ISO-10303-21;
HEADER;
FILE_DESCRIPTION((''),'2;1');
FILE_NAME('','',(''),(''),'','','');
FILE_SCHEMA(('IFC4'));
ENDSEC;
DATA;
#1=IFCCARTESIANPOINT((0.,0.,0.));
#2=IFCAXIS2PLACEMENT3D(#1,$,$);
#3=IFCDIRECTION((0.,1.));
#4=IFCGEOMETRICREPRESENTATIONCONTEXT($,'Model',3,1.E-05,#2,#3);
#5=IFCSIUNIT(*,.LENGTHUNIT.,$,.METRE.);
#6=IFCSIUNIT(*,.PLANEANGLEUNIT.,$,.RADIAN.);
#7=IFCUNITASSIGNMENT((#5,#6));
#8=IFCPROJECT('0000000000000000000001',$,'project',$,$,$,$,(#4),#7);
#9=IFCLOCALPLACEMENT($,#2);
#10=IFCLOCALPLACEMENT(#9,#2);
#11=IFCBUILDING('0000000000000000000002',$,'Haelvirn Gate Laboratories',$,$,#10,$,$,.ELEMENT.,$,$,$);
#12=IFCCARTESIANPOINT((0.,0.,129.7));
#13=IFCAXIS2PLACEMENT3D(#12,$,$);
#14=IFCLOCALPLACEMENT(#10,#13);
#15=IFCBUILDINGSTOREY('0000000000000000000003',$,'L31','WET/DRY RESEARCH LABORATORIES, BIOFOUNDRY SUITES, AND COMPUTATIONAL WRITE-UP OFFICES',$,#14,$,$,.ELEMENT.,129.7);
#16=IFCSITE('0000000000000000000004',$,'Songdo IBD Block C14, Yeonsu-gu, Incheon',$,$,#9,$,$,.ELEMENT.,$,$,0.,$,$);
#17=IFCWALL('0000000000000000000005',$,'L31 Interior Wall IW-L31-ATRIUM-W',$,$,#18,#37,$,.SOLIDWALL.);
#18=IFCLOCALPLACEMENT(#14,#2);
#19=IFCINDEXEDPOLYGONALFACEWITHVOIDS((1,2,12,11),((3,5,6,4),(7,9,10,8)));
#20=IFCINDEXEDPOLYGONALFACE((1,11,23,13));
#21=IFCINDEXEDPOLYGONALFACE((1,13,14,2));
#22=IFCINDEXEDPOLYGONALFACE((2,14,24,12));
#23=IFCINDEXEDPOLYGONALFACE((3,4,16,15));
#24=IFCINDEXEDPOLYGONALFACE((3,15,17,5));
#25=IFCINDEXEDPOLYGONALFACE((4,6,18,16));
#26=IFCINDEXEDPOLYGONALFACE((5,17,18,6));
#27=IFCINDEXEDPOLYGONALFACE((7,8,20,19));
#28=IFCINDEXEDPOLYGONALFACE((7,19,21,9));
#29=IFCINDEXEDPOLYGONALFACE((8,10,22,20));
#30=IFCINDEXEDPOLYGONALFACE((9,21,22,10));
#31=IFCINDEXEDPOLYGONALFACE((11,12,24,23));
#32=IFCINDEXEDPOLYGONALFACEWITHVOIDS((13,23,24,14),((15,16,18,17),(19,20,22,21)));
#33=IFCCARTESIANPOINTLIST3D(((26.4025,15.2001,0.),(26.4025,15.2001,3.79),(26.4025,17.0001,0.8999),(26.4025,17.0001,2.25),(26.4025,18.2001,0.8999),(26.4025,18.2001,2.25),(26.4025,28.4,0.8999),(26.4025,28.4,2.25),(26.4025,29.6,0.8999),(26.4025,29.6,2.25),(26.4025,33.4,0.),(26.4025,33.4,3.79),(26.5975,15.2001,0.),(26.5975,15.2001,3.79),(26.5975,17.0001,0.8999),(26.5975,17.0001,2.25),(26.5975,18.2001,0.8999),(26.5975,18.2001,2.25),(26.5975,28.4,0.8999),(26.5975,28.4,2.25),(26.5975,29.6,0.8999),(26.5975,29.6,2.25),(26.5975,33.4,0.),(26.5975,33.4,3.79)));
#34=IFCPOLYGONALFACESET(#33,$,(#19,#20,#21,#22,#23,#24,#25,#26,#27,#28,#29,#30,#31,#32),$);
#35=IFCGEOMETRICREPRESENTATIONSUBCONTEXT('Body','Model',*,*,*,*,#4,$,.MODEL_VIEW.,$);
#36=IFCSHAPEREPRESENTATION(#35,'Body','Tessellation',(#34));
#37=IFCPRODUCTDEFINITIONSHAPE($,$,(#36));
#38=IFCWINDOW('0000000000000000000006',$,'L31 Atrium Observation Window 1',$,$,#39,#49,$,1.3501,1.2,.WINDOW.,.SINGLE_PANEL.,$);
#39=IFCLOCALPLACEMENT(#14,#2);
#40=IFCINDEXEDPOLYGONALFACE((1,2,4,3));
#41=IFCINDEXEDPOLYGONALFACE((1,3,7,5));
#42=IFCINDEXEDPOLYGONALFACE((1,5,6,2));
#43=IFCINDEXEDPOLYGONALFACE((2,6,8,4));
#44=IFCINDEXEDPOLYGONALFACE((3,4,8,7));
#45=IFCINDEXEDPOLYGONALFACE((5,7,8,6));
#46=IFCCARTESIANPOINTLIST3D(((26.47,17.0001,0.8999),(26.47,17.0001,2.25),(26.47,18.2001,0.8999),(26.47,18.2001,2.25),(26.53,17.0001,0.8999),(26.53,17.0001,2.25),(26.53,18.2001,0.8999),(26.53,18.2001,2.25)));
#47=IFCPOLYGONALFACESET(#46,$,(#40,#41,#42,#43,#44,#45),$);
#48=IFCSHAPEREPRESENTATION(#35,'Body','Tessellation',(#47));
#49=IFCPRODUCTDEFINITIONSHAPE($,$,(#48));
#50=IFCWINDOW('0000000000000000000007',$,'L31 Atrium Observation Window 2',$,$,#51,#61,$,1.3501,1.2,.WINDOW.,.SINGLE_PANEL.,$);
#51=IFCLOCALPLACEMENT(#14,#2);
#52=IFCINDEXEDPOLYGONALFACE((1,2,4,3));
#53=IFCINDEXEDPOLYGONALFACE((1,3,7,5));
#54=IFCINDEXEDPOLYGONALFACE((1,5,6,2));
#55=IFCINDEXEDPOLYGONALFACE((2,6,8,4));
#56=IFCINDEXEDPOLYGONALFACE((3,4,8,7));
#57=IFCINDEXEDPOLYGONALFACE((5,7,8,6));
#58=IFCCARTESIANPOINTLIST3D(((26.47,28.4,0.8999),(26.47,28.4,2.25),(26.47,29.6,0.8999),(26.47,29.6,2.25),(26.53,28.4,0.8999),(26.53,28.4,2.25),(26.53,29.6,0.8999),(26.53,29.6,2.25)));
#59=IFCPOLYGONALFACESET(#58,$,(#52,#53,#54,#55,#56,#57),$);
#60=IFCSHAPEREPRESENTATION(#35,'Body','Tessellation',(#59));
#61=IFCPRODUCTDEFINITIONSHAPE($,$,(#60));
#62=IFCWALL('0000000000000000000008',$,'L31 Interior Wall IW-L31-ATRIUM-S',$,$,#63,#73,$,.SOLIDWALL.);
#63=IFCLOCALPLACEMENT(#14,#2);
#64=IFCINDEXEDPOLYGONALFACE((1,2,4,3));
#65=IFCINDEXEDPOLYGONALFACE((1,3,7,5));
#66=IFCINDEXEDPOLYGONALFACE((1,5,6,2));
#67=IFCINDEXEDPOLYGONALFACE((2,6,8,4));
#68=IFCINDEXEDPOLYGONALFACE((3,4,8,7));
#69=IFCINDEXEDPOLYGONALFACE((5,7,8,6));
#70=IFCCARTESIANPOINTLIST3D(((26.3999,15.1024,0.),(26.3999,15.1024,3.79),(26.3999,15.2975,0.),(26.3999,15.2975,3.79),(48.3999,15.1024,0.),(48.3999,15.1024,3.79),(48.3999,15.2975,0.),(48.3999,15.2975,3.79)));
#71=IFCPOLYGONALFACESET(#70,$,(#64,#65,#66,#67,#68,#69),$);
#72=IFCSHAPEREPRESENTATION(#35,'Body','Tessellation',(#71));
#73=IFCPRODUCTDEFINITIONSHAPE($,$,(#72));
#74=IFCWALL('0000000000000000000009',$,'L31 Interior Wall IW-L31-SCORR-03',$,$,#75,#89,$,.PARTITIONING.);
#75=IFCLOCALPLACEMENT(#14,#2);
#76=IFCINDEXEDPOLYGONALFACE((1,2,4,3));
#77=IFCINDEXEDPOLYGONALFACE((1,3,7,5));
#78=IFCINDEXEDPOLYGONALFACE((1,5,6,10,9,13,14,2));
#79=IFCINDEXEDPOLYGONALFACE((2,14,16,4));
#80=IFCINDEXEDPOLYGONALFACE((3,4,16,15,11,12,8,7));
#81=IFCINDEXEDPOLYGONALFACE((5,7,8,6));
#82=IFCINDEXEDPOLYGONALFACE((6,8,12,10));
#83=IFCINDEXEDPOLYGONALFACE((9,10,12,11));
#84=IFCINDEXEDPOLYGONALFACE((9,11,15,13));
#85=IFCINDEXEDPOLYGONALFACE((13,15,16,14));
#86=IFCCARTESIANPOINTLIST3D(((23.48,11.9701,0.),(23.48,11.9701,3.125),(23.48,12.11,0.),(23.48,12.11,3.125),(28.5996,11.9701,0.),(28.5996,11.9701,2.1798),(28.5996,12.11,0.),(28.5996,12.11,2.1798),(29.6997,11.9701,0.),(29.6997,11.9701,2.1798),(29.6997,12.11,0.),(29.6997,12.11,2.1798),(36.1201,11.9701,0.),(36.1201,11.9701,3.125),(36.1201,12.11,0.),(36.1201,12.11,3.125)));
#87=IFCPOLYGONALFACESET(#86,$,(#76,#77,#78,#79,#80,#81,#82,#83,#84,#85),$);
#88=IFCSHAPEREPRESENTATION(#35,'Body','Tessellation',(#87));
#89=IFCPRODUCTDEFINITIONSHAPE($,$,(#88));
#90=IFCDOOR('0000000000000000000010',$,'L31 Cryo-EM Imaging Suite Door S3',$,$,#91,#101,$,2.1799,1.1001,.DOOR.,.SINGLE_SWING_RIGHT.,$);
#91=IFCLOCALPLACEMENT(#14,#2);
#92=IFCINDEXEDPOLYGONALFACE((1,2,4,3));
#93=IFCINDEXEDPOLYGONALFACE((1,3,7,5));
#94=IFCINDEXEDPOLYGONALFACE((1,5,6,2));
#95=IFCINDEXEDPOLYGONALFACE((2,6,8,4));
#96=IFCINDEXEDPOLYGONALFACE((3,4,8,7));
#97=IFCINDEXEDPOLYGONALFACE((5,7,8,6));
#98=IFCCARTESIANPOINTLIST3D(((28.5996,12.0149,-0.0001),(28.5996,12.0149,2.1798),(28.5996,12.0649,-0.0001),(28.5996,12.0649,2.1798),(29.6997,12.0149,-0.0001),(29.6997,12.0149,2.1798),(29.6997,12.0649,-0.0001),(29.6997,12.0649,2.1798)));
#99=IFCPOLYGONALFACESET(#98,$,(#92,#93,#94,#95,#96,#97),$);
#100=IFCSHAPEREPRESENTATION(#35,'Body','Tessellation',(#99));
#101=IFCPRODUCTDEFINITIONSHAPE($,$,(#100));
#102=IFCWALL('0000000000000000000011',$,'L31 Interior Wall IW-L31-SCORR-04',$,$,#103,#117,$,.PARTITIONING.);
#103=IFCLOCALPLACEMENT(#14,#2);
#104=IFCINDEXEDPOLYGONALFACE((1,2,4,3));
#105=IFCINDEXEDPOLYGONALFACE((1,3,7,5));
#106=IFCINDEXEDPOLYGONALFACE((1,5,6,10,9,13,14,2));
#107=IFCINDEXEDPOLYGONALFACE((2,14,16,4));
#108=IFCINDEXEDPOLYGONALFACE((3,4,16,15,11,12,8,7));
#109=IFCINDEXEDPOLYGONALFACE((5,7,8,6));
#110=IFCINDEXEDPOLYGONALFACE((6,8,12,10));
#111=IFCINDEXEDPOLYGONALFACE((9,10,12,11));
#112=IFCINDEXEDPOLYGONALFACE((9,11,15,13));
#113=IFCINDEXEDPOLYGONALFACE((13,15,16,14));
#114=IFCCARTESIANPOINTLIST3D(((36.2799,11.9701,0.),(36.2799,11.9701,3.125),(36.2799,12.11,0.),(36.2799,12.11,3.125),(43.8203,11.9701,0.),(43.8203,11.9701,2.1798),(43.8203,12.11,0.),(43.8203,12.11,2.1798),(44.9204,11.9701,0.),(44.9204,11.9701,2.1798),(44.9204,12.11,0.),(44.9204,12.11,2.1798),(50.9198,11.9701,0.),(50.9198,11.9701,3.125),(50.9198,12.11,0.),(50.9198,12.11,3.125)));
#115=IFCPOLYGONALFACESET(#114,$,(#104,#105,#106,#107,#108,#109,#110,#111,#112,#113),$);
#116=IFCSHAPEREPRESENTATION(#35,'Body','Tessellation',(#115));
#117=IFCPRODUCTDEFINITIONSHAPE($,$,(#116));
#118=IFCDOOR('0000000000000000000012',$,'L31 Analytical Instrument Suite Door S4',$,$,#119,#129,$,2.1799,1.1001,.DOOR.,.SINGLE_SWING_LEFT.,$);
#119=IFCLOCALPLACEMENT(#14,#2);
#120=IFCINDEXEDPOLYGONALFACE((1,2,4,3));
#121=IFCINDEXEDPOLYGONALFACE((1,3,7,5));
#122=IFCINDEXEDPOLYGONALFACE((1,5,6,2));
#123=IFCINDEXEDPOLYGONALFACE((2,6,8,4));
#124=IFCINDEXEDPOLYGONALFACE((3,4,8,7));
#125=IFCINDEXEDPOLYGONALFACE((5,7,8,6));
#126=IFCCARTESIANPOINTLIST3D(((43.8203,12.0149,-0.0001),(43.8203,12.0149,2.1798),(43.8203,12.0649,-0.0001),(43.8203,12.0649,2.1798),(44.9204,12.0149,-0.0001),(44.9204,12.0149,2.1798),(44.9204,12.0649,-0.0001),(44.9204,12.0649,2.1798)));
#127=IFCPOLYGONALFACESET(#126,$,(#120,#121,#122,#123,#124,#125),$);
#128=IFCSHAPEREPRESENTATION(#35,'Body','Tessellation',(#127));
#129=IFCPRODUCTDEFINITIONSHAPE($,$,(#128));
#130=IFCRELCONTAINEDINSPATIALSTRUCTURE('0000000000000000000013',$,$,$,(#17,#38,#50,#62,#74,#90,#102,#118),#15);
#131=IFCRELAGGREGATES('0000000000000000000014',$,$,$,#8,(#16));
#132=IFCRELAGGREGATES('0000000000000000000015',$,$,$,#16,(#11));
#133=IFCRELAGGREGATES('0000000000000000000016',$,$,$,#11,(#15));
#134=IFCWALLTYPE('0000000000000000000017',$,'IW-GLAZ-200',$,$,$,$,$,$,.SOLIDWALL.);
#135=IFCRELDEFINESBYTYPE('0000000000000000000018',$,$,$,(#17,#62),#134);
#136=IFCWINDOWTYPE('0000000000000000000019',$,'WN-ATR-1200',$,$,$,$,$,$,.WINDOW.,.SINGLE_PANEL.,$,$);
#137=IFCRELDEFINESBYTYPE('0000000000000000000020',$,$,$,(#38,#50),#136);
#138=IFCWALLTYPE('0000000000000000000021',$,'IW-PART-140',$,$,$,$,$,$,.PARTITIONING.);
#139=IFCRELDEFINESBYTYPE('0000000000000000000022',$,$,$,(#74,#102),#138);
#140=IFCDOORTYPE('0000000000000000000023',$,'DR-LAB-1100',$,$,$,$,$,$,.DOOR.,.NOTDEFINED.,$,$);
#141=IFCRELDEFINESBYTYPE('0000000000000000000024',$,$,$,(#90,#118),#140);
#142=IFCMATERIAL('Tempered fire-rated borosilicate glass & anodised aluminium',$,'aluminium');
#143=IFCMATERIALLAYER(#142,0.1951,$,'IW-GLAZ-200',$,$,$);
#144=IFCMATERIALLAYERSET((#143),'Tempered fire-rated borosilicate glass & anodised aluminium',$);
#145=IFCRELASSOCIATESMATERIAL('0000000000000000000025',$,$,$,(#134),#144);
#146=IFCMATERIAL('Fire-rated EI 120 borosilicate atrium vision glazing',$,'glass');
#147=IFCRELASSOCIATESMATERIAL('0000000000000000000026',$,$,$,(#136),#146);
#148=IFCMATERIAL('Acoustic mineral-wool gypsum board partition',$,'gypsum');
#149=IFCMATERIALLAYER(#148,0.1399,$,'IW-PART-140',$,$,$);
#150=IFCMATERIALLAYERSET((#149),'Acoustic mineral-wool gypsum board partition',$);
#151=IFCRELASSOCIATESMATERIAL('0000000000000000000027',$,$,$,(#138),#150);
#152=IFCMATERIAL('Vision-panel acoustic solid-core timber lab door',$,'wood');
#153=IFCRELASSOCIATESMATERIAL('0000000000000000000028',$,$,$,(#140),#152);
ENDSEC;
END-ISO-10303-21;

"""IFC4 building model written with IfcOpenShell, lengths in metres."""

from ifc_helpers import new_model, si_unit, direction, frame, frame_2d, origin, place, context, subcontext, project, spatial, rectangle, extrude, source, transform, mapped, material, layer, layer_set, type_object, type_shapes, element, fill, save


model = new_model("IFC4")

# Units and contexts
model_context = context("Model", 3, precision=1e-05, world=origin(), true_north=direction((0.0, 1.0)))
body_context = subcontext(model_context, "Body", "Model", "MODEL_VIEW")
ifc_project = project(units=[si_unit("LENGTHUNIT", "METRE"), si_unit("PLANEANGLEUNIT", "RADIAN")], contexts=[model_context])

# Site, building, storey
site_placement = place(None, origin())
site = spatial("IfcSite", under=ifc_project, at=site_placement, Name="Songdo IBD Block C14, Yeonsu-gu, Incheon", CompositionType="ELEMENT", RefElevation=0.0)
building_placement = place(site_placement, origin())
building = spatial("IfcBuilding", under=site, at=building_placement, Name="Haelvirn Gate Laboratories", CompositionType="ELEMENT")
storey_placement = place(building_placement, frame((0.0, 0.0, 129.7)))
storey = spatial("IfcBuildingStorey", under=building, at=storey_placement, Name="L31", Description="WET/DRY RESEARCH LABORATORIES, BIOFOUNDRY SUITES, AND COMPUTATIONAL WRITE-UP OFFICES", CompositionType="ELEMENT", Elevation=129.7)

# Wall, openings, windows
ifc_material_1 = material(Name="Tempered fire-rated borosilicate glass & anodised aluminium", Category="aluminium")
ifc_layer_1 = layer(ifc_material_1, 0.1951, Name="IW-GLAZ-200")
ifc_layer_set_1 = layer_set([ifc_layer_1], Name="Tempered fire-rated borosilicate glass & anodised aluminium")
wall_type_1 = type_object("IfcWallType", Name="IW-GLAZ-200", PredefinedType="SOLIDWALL", material=ifc_layer_set_1)
wall_1_placement = place(storey_placement, frame((26.5, 15.2, 0.0), z_axis=(0.0, 0.0, 1.0), x_axis=(0.0, 1.0, 0.0)))
wall_1 = element("IfcWall", 1, at=wall_1_placement, inside=storey, type_object=wall_type_1, Name="L31 Interior Wall IW-L31-ATRIUM-W", PredefinedType="SOLIDWALL", context=body_context, shape_type="SweptSolid", body=[
    extrude(rectangle(XDim=18.2, YDim=0.1951, at=frame_2d((9.1001, 0.0))), origin(), (0.0, 0.0, 1.0), 3.79),
])
opening_1_placement = place(wall_1_placement, frame((1.8, 0.0, 0.8999)))
opening_1 = element("IfcOpeningElement", 2, at=opening_1_placement, cuts=wall_1, PredefinedType="OPENING", context=body_context, shape_type="SweptSolid", body=[
    extrude(rectangle(XDim=1.2, YDim=1.3501, at=frame_2d((0.6001, 0.675))), frame((0.0, 0.1074, 0.0), z_axis=(0.0, -1.0, 0.0), x_axis=(1.0, 0.0, 0.0)), (0.0, 0.0, 1.0), 0.2151),
])
opening_2_placement = place(wall_1_placement, frame((13.2, 0.0, 0.8999)))
opening_2 = element("IfcOpeningElement", 3, at=opening_2_placement, cuts=wall_1, PredefinedType="OPENING", context=body_context, shape_type="SweptSolid", body=[
    extrude(rectangle(XDim=1.2, YDim=1.3501, at=frame_2d((0.6001, 0.675))), frame((0.0, 0.1074, 0.0), z_axis=(0.0, -1.0, 0.0), x_axis=(1.0, 0.0, 0.0)), (0.0, 0.0, 1.0), 0.2151),
])
ifc_material_2 = material(Name="Fire-rated EI 120 borosilicate atrium vision glazing", Category="glass")
window_type = type_object("IfcWindowType", Name="WN-ATR-1200", PartitioningType="SINGLE_PANEL", PredefinedType="WINDOW", material=ifc_material_2)
shared_shape_1 = source(origin(), body_context, "Body", "SweptSolid", [
    extrude(rectangle(XDim=1.2, YDim=1.3501, at=frame_2d((0.6001, 0.675))), frame((0.0, 0.03, 0.0), z_axis=(0.0, -1.0, 0.0), x_axis=(1.0, 0.0, 0.0)), (0.0, 0.0, 1.0), 0.0601),
])
type_shapes(window_type, [shared_shape_1])
window_1_placement = place(opening_1_placement, origin())
window_1 = element("IfcWindow", 4, at=window_1_placement, inside=storey, type_object=window_type, Name="L31 Atrium Observation Window 1", OverallHeight=1.3501, OverallWidth=1.2, PartitioningType="SINGLE_PANEL", PredefinedType="WINDOW", context=body_context, shape_type="MappedRepresentation", body=[
    mapped(shared_shape_1, transform((0.0, 0.0, 0.0), scale=1.0)),
])
fill(opening_1, window_1)
window_2_placement = place(opening_2_placement, origin())
window_2 = element("IfcWindow", 5, at=window_2_placement, inside=storey, type_object=window_type, Name="L31 Atrium Observation Window 2", OverallHeight=1.3501, OverallWidth=1.2, PartitioningType="SINGLE_PANEL", PredefinedType="WINDOW", context=body_context, shape_type="MappedRepresentation", body=[
    mapped(shared_shape_1, transform((0.0, 0.0, 0.0), scale=1.0)),
])
fill(opening_2, window_2)

# Wall
wall_2_placement = place(storey_placement, frame((26.3999, 15.2, 0.0), z_axis=(0.0, 0.0, 1.0), x_axis=(1.0, 0.0, 0.0)))
element("IfcWall", 6, at=wall_2_placement, inside=storey, type_object=wall_type_1, Name="L31 Interior Wall IW-L31-ATRIUM-S", PredefinedType="SOLIDWALL", context=body_context, shape_type="SweptSolid", body=[
    extrude(rectangle(XDim=22.0, YDim=0.1951, at=frame_2d((11.0, 0.0))), origin(), (0.0, 0.0, 1.0), 3.79),
])

# Walls, openings, doors
ifc_material_3 = material(Name="Acoustic mineral-wool gypsum board partition", Category="gypsum")
ifc_layer_2 = layer(ifc_material_3, 0.1399, Name="IW-PART-140")
ifc_layer_set_2 = layer_set([ifc_layer_2], Name="Acoustic mineral-wool gypsum board partition")
wall_type_2 = type_object("IfcWallType", Name="IW-PART-140", PredefinedType="PARTITIONING", material=ifc_layer_set_2)
wall_3_placement = place(storey_placement, frame((23.48, 12.04, 0.0), z_axis=(0.0, 0.0, 1.0), x_axis=(1.0, 0.0, 0.0)))
wall_3 = element("IfcWall", 7, at=wall_3_placement, inside=storey, type_object=wall_type_2, Name="L31 Interior Wall IW-L31-SCORR-03", PredefinedType="PARTITIONING", context=body_context, shape_type="SweptSolid", body=[
    extrude(rectangle(XDim=12.6401, YDim=0.1399, at=frame_2d((6.3201, 0.0))), origin(), (0.0, 0.0, 1.0), 3.125),
])
opening_3_placement = place(wall_3_placement, frame((5.1196, 0.0, 0.0)))
opening_3 = element("IfcOpeningElement", 8, at=opening_3_placement, cuts=wall_3, PredefinedType="OPENING", context=body_context, shape_type="SweptSolid", body=[
    extrude(rectangle(XDim=1.1001, YDim=2.1799, at=frame_2d((0.55, 1.0898))), frame((0.0, 0.0801, 0.0), z_axis=(0.0, -1.0, 0.0), x_axis=(1.0, 0.0, 0.0)), (0.0, 0.0, 1.0), 0.1599),
])
ifc_material_4 = material(Name="Vision-panel acoustic solid-core timber lab door", Category="wood")
door_type = type_object("IfcDoorType", Name="DR-LAB-1100", OperationType="NOTDEFINED", PredefinedType="DOOR", material=ifc_material_4)
shared_shape_2 = source(origin(), body_context, "Body", "SweptSolid", [
    extrude(rectangle(XDim=1.1001, YDim=2.1799, at=frame_2d((0.55, 1.0898))), frame((0.0, 0.0249, 0.0), z_axis=(0.0, -1.0, 0.0), x_axis=(1.0, 0.0, 0.0)), (0.0, 0.0, 1.0), 0.05),
])
type_shapes(door_type, [shared_shape_2])
door_1_placement = place(opening_3_placement, origin())
door_1 = element("IfcDoor", 9, at=door_1_placement, inside=storey, type_object=door_type, Name="L31 Cryo-EM Imaging Suite Door S3", OperationType="SINGLE_SWING_RIGHT", OverallHeight=2.1799, OverallWidth=1.1001, PredefinedType="DOOR", context=body_context, shape_type="MappedRepresentation", body=[
    mapped(shared_shape_2, transform((0.0, 0.0, 0.0), scale=1.0)),
])
fill(opening_3, door_1)
wall_4_placement = place(storey_placement, frame((36.28, 12.04, 0.0), z_axis=(0.0, 0.0, 1.0), x_axis=(1.0, 0.0, 0.0)))
wall_4 = element("IfcWall", 10, at=wall_4_placement, inside=storey, type_object=wall_type_2, Name="L31 Interior Wall IW-L31-SCORR-04", PredefinedType="PARTITIONING", context=body_context, shape_type="SweptSolid", body=[
    extrude(rectangle(XDim=14.6399, YDim=0.1399, at=frame_2d((7.3198, 0.0))), origin(), (0.0, 0.0, 1.0), 3.125),
])
opening_4_placement = place(wall_4_placement, frame((7.5403, 0.0, 0.0)))
opening_4 = element("IfcOpeningElement", 11, at=opening_4_placement, cuts=wall_4, PredefinedType="OPENING", context=body_context, shape_type="SweptSolid", body=[
    extrude(rectangle(XDim=1.1001, YDim=2.1799, at=frame_2d((0.55, 1.0898))), frame((0.0, 0.0801, 0.0), z_axis=(0.0, -1.0, 0.0), x_axis=(1.0, 0.0, 0.0)), (0.0, 0.0, 1.0), 0.1599),
])
door_2_placement = place(opening_4_placement, origin())
door_2 = element("IfcDoor", 12, at=door_2_placement, inside=storey, type_object=door_type, Name="L31 Analytical Instrument Suite Door S4", OperationType="SINGLE_SWING_LEFT", OverallHeight=2.1799, OverallWidth=1.1001, PredefinedType="DOOR", context=body_context, shape_type="MappedRepresentation", body=[
    mapped(shared_shape_2, transform((0.0, 0.0, 0.0), scale=1.0)),
])
fill(opening_4, door_2)

save(model, "model.ifc")
